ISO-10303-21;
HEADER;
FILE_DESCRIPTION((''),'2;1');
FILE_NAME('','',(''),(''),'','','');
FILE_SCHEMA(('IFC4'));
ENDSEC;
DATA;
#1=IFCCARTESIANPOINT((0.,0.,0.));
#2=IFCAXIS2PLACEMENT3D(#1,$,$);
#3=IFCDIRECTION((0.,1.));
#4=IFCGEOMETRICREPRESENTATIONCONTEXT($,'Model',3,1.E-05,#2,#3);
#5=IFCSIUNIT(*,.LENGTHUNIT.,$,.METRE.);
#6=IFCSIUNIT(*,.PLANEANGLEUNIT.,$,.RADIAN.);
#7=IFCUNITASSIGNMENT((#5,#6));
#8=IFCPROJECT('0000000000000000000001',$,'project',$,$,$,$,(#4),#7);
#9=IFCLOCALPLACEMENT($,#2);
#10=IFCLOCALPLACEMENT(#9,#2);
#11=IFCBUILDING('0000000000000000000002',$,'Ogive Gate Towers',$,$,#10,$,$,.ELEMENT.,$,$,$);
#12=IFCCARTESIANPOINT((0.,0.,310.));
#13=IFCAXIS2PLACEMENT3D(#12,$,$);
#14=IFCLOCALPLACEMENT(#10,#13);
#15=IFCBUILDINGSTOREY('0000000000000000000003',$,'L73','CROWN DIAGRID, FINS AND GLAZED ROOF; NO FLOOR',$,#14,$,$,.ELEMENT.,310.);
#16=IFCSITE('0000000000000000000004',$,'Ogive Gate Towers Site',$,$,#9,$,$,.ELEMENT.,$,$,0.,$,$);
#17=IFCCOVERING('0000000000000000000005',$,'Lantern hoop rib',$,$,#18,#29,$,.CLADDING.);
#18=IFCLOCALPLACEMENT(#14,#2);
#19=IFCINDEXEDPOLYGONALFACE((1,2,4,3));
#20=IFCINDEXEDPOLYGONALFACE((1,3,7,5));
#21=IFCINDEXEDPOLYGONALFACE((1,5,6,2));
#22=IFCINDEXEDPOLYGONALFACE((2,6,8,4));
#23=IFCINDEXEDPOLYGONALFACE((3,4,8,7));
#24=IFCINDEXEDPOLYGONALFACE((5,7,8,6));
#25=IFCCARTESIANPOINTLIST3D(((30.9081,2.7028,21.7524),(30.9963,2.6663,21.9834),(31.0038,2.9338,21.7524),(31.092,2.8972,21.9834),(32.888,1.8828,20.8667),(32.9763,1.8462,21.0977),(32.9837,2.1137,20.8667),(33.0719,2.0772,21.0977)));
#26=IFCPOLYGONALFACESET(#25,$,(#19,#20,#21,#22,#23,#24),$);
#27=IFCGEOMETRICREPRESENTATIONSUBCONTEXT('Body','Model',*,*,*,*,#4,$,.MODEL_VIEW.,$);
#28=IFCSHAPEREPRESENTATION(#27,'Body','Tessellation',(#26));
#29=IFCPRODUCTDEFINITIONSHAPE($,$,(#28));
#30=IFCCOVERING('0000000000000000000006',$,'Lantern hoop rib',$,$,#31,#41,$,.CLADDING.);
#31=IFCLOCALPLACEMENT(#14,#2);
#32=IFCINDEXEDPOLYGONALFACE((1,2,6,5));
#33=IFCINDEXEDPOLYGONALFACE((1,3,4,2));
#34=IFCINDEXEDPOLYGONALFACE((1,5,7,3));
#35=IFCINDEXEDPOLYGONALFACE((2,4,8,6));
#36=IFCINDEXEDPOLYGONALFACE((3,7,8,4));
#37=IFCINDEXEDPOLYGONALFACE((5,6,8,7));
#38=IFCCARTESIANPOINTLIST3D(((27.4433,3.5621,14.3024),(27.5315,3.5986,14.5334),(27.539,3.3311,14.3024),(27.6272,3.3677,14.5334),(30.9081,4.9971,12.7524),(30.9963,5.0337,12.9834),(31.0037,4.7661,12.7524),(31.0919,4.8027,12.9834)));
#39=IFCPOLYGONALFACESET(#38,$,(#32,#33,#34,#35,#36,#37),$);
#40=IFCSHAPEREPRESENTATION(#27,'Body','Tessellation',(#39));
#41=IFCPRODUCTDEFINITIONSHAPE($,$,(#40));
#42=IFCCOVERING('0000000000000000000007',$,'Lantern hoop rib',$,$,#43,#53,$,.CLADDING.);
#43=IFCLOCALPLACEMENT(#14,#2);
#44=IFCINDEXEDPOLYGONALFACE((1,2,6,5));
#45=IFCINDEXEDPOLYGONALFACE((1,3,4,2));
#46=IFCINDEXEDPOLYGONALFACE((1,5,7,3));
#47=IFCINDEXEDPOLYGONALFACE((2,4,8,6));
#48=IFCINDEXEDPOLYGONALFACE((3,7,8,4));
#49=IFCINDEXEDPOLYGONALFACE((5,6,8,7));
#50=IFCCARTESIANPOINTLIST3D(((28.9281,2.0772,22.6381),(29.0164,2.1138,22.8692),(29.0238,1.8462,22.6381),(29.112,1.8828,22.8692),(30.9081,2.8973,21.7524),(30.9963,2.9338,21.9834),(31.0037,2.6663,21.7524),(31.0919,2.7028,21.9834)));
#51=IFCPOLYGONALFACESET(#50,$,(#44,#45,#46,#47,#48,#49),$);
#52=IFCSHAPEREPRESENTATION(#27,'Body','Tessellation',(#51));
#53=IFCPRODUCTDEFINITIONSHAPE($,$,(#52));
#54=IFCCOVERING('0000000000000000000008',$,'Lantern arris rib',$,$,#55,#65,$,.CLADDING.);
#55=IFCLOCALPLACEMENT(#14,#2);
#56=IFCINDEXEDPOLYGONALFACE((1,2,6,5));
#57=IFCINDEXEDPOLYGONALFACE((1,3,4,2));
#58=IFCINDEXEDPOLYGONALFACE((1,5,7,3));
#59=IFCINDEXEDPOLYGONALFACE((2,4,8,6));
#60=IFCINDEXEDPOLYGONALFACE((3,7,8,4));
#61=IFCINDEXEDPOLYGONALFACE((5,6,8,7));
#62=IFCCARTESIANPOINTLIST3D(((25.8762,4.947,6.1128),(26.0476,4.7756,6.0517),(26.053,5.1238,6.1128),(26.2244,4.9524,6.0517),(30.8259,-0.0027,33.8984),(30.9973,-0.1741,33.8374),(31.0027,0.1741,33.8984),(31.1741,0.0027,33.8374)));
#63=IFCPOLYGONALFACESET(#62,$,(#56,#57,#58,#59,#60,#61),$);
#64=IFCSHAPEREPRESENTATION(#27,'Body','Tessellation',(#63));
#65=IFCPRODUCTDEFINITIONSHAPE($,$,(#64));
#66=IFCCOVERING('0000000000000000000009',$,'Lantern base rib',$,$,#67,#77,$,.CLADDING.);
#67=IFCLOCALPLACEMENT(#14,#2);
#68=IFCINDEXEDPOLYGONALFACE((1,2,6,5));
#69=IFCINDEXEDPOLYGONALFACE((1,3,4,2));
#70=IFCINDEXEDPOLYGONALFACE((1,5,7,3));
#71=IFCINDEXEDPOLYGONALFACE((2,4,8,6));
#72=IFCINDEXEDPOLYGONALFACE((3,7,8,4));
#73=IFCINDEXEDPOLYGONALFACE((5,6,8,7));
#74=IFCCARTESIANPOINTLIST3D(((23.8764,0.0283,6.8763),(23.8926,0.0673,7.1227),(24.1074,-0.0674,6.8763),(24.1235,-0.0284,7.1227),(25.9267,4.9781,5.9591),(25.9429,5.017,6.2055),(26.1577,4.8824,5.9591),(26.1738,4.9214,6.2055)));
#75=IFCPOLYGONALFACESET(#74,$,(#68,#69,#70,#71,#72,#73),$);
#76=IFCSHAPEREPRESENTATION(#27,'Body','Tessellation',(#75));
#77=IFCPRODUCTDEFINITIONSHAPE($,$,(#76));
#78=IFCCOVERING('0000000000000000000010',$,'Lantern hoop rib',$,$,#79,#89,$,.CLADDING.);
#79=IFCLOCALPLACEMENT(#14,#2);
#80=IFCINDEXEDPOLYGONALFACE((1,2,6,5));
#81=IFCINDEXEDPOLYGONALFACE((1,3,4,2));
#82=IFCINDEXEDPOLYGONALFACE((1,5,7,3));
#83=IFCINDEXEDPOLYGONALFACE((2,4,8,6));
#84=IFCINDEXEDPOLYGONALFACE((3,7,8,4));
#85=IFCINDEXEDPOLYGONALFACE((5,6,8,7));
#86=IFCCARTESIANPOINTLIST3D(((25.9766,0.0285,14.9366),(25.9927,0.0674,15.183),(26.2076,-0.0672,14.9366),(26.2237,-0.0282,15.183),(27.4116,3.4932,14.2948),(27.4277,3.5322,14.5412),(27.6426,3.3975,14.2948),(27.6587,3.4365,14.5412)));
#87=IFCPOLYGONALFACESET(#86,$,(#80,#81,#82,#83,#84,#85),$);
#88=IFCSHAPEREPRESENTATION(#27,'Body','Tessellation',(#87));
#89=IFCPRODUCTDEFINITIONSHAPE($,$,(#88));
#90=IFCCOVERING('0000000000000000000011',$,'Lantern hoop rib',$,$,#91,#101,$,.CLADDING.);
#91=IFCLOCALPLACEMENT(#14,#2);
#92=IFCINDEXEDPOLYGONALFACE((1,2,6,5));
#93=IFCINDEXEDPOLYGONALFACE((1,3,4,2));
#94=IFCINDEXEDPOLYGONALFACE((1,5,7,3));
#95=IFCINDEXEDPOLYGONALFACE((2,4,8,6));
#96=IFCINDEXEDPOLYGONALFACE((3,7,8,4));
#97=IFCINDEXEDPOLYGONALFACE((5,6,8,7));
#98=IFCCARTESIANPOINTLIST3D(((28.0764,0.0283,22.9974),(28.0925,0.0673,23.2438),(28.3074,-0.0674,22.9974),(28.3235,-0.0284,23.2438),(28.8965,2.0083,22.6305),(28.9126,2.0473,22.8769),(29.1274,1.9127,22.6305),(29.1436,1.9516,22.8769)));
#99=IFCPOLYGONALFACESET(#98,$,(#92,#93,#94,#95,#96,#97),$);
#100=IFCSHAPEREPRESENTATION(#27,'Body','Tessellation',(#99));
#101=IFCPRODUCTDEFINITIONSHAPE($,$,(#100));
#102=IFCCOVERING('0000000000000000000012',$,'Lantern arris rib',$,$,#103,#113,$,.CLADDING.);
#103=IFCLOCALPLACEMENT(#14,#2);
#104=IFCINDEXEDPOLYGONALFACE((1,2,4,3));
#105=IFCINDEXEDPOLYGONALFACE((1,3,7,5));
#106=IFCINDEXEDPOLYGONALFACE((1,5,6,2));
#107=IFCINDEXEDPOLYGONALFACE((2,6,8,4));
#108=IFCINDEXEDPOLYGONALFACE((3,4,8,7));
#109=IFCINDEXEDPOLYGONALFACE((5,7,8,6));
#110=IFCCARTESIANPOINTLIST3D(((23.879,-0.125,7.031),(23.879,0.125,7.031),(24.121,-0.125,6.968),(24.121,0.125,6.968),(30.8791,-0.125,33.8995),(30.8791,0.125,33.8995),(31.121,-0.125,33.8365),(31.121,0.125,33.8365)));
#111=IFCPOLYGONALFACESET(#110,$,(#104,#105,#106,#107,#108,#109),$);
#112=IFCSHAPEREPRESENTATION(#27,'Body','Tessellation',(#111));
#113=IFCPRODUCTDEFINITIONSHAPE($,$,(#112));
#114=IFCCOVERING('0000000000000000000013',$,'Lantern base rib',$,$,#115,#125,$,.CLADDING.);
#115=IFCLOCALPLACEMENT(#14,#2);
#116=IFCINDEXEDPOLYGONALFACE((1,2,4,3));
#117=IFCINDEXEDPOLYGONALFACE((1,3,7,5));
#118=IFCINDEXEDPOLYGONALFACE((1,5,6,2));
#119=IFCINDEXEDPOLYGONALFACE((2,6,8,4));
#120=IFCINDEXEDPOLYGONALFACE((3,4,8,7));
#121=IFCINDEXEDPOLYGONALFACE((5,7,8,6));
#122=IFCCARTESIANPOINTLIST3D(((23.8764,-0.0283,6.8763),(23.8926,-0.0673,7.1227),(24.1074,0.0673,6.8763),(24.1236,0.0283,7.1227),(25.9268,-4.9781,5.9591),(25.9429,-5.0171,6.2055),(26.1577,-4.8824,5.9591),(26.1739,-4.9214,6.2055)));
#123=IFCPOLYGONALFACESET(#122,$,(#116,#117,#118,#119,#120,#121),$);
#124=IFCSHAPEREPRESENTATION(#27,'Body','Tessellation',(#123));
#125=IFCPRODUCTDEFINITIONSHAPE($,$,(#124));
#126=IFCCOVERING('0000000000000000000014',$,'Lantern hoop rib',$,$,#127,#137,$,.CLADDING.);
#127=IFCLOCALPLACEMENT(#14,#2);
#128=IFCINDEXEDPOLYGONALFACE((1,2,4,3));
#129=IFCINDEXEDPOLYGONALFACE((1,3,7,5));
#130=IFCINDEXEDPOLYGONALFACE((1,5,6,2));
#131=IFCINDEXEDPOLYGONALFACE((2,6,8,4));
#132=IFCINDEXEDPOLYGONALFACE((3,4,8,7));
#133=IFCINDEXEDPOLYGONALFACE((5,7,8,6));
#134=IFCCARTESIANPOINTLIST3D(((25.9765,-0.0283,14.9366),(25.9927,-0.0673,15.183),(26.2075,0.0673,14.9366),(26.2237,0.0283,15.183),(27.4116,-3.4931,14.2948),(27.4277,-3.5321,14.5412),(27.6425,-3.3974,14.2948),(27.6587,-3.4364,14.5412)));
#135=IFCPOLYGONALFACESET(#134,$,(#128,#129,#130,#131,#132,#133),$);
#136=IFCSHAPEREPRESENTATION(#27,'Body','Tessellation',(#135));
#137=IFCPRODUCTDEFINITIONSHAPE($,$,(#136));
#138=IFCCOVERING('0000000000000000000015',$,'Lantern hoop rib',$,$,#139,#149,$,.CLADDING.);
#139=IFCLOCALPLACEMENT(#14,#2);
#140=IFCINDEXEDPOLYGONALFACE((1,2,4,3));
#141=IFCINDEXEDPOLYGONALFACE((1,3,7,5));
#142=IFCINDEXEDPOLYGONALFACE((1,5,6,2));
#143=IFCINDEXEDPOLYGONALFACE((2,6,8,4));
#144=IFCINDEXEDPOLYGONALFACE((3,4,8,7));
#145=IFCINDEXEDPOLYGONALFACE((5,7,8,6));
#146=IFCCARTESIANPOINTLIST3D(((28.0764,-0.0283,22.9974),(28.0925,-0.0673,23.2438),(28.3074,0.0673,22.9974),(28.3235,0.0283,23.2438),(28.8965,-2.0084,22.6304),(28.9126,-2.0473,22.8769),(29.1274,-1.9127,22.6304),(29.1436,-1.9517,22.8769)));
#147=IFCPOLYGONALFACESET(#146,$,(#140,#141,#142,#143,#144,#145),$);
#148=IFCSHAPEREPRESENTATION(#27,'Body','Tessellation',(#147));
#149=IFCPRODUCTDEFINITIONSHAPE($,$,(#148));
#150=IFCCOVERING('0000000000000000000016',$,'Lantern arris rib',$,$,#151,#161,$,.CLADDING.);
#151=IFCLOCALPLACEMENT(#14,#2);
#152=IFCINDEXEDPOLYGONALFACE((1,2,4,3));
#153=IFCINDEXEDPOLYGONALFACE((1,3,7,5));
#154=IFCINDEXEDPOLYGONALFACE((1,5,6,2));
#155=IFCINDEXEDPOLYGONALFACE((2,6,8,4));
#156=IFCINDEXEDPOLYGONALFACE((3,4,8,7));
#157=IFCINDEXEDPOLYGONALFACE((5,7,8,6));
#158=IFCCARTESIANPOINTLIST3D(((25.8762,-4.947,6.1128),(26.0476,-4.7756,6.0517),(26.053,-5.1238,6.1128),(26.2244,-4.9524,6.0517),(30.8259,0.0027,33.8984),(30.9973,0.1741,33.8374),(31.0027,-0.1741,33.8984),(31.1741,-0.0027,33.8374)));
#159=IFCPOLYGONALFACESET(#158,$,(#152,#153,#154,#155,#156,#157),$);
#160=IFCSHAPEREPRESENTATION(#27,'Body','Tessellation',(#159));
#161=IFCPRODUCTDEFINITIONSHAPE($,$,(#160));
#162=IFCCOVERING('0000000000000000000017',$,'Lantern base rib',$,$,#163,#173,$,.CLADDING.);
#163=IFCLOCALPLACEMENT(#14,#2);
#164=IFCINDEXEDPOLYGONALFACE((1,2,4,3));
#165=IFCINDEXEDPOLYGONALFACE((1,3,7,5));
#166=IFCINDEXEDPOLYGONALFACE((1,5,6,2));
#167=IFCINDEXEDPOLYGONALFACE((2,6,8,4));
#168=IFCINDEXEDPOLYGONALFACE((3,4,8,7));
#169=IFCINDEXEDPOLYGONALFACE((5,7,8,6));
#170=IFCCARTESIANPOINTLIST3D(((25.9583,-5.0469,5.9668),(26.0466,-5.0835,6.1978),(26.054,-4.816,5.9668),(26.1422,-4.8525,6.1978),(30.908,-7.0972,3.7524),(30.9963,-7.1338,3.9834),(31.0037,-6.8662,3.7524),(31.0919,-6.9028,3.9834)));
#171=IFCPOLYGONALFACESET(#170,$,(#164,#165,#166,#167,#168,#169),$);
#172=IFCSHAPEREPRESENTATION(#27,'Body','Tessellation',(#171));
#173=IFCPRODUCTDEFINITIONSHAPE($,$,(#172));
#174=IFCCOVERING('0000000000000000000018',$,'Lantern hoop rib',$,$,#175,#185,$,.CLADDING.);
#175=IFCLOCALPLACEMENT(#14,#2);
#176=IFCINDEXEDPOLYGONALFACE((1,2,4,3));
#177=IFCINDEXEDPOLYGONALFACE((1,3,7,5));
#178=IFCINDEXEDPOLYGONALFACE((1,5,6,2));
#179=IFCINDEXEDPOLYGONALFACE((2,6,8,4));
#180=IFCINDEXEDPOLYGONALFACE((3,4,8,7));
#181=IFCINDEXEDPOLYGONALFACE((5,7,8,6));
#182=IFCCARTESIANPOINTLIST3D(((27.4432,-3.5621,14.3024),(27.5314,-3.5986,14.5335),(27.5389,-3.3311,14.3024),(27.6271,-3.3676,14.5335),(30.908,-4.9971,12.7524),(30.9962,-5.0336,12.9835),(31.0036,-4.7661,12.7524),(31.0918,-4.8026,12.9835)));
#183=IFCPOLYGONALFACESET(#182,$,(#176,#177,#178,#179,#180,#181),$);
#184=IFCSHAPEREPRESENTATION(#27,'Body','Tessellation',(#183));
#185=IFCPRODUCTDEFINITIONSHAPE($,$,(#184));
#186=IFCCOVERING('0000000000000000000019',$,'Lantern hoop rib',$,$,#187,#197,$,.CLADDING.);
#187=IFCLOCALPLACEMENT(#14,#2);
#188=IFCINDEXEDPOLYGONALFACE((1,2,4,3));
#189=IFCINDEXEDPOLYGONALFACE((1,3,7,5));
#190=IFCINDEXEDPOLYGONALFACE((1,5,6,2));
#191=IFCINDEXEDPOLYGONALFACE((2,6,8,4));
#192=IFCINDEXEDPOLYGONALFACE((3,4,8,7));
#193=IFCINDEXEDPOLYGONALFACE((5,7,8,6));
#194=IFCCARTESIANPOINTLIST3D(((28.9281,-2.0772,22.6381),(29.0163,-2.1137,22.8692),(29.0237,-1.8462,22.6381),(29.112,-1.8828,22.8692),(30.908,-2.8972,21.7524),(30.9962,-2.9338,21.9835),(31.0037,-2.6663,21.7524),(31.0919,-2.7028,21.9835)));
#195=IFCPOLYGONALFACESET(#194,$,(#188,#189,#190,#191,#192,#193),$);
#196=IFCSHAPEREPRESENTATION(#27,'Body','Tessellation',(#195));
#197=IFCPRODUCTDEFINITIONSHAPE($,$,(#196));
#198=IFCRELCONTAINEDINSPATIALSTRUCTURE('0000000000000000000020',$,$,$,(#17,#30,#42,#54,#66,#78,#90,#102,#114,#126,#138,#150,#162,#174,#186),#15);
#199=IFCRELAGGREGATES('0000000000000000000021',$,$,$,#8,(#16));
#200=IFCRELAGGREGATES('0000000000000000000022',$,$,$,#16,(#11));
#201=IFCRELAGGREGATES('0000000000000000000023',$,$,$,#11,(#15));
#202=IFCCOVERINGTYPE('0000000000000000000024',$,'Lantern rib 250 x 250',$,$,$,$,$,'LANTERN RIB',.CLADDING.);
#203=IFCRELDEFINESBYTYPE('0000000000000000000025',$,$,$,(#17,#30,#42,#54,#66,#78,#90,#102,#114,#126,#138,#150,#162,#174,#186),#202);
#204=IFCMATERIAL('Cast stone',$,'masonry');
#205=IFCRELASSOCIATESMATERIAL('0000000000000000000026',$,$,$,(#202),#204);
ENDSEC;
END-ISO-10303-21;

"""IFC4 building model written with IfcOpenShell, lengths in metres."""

from ifc_helpers import new_model, si_unit, direction, frame, origin, origin_2d, place, context, subcontext, project, spatial, rectangle, extrude, material, material_profile, profile_set, type_object, element, save


model = new_model("IFC4")

# Units and contexts
model_context = context("Model", 3, precision=1e-05, world=origin(), true_north=direction((0.0, 1.0)))
body_context = subcontext(model_context, "Body", "Model", "MODEL_VIEW")
ifc_project = project(units=[si_unit("LENGTHUNIT", "METRE"), si_unit("PLANEANGLEUNIT", "RADIAN")], contexts=[model_context])

# Site, building, storey
site_placement = place(None, origin())
site = spatial("IfcSite", under=ifc_project, at=site_placement, Name="Ogive Gate Towers Site", CompositionType="ELEMENT", RefElevation=0.0)
building_placement = place(site_placement, origin())
building = spatial("IfcBuilding", under=site, at=building_placement, Name="Ogive Gate Towers", CompositionType="ELEMENT")
storey_placement = place(building_placement, frame((0.0, 0.0, 310.0)))
storey = spatial("IfcBuildingStorey", under=building, at=storey_placement, Name="L73", Description="CROWN DIAGRID, FINS AND GLAZED ROOF; NO FLOOR", CompositionType="ELEMENT", Elevation=310.0)

# Coverings
ifc_material_1 = material(Name="Cast stone", Category="masonry")
ifc_material_profile_1 = material_profile(ifc_material_1, rectangle(XDim=0.25, YDim=0.25, at=origin_2d()), Name="250 x 250 cast stone")
ifc_profile_set_1 = profile_set([ifc_material_profile_1], Name="Cast stone")
covering_type = type_object("IfcCoveringType", Name="Lantern rib 250 x 250", ElementType="LANTERN RIB", PredefinedType="CLADDING", material=ifc_profile_set_1)
covering_1_placement = place(storey_placement, frame((32.98, 1.98, 20.9822), z_axis=(-0.853839, 0.353643, 0.381964), x_axis=(-0.382657, -0.92389, 0.0)))
element("IfcCovering", 1, at=covering_1_placement, inside=storey, type_object=covering_type, Name="Lantern hoop rib", PredefinedType="CLADDING", context=body_context, shape_type="SweptSolid", body=[
    extrude(rectangle(XDim=0.25, YDim=0.25, at=origin_2d()), origin(), (0.0, 0.0, 1.0), 2.3188),
])
covering_2_placement = place(storey_placement, frame((31.0, 4.8999, 12.8679), z_axis=(-0.853835, -0.353639, 0.381976), x_axis=(0.382655, -0.923891, 0.0)))
element("IfcCovering", 2, at=covering_2_placement, inside=storey, type_object=covering_type, Name="Lantern hoop rib", PredefinedType="CLADDING", context=body_context, shape_type="SweptSolid", body=[
    extrude(rectangle(XDim=0.25, YDim=0.25, at=origin_2d()), origin(), (0.0, 0.0, 1.0), 4.0579),
])
covering_3_placement = place(storey_placement, frame((31.0, 2.8, 21.8679), z_axis=(-0.853839, -0.353643, 0.381964), x_axis=(0.382657, -0.92389, 0.0)))
element("IfcCovering", 3, at=covering_3_placement, inside=storey, type_object=covering_type, Name="Lantern hoop rib", PredefinedType="CLADDING", context=body_context, shape_type="SweptSolid", body=[
    extrude(rectangle(XDim=0.25, YDim=0.25, at=origin_2d()), origin(), (0.0, 0.0, 1.0), 2.3188),
])
covering_4_placement = place(storey_placement, frame((26.0503, 4.9497, 6.0823), z_axis=(0.172742, -0.172742, 0.969701), x_axis=(0.707107, 0.707107, 0.0)))
element("IfcCovering", 4, at=covering_4_placement, inside=storey, type_object=covering_type, Name="Lantern arris rib", PredefinedType="CLADDING", context=body_context, shape_type="SweptSolid", body=[
    extrude(rectangle(XDim=0.25, YDim=0.25, at=origin_2d()), origin(), (0.0, 0.0, 1.0), 28.6538),
])
covering_5_placement = place(storey_placement, frame((26.0503, 4.9497, 6.0823), z_axis=(-0.377204, -0.910626, 0.168749), x_axis=(0.923876, -0.382693, 0.0)))
element("IfcCovering", 5, at=covering_5_placement, inside=storey, type_object=covering_type, Name="Lantern base rib", PredefinedType="CLADDING", context=body_context, shape_type="SweptSolid", body=[
    extrude(rectangle(XDim=0.25, YDim=0.25, at=origin_2d()), origin(), (0.0, 0.0, 1.0), 5.4355),
])
covering_6_placement = place(storey_placement, frame((27.5352, 3.4648, 14.418), z_axis=(-0.377171, -0.910651, 0.168694), x_axis=(0.923891, -0.382655, 0.0)))
element("IfcCovering", 6, at=covering_6_placement, inside=storey, type_object=covering_type, Name="Lantern hoop rib", PredefinedType="CLADDING", context=body_context, shape_type="SweptSolid", body=[
    extrude(rectangle(XDim=0.25, YDim=0.25, at=origin_2d()), origin(), (0.0, 0.0, 1.0), 3.8047),
])
covering_7_placement = place(storey_placement, frame((29.02, 1.98, 22.7537), z_axis=(-0.377168, -0.910638, 0.168766), x_axis=(0.92389, -0.382657, 0.0)))
element("IfcCovering", 7, at=covering_7_placement, inside=storey, type_object=covering_type, Name="Lantern hoop rib", PredefinedType="CLADDING", context=body_context, shape_type="SweptSolid", body=[
    extrude(rectangle(XDim=0.25, YDim=0.25, at=origin_2d()), origin(), (0.0, 0.0, 1.0), 2.1743),
])
covering_8_placement = place(storey_placement, frame((24.0, 0.0, 6.9995), z_axis=(0.252113, 0.0, 0.967698), x_axis=(0.0, 1.0, 0.0)))
element("IfcCovering", 8, at=covering_8_placement, inside=storey, type_object=covering_type, Name="Lantern arris rib", PredefinedType="CLADDING", context=body_context, shape_type="SweptSolid", body=[
    extrude(rectangle(XDim=0.25, YDim=0.25, at=origin_2d()), origin(), (0.0, 0.0, 1.0), 27.7654),
])
covering_9_placement = place(storey_placement, frame((24.0, 0.0, 6.9995), z_axis=(0.377204, -0.910626, -0.168749), x_axis=(0.923876, 0.382693, 0.0)))
element("IfcCovering", 9, at=covering_9_placement, inside=storey, type_object=covering_type, Name="Lantern base rib", PredefinedType="CLADDING", context=body_context, shape_type="SweptSolid", body=[
    extrude(rectangle(XDim=0.25, YDim=0.25, at=origin_2d()), origin(), (0.0, 0.0, 1.0), 5.4355),
])
covering_10_placement = place(storey_placement, frame((26.1001, 0.0, 15.0598), z_axis=(0.377171, -0.910651, -0.168694), x_axis=(0.923891, 0.382655, 0.0)))
element("IfcCovering", 10, at=covering_10_placement, inside=storey, type_object=covering_type, Name="Lantern hoop rib", PredefinedType="CLADDING", context=body_context, shape_type="SweptSolid", body=[
    extrude(rectangle(XDim=0.25, YDim=0.25, at=origin_2d()), origin(), (0.0, 0.0, 1.0), 3.8047),
])
covering_11_placement = place(storey_placement, frame((28.2, 0.0, 23.1206), z_axis=(0.377168, -0.910638, -0.168766), x_axis=(0.92389, 0.382657, 0.0)))
element("IfcCovering", 11, at=covering_11_placement, inside=storey, type_object=covering_type, Name="Lantern hoop rib", PredefinedType="CLADDING", context=body_context, shape_type="SweptSolid", body=[
    extrude(rectangle(XDim=0.25, YDim=0.25, at=origin_2d()), origin(), (0.0, 0.0, 1.0), 2.1743),
])
covering_12_placement = place(storey_placement, frame((26.0503, -4.9497, 6.0823), z_axis=(0.172742, 0.172742, 0.969701), x_axis=(-0.707107, 0.707107, 0.0)))
element("IfcCovering", 12, at=covering_12_placement, inside=storey, type_object=covering_type, Name="Lantern arris rib", PredefinedType="CLADDING", context=body_context, shape_type="SweptSolid", body=[
    extrude(rectangle(XDim=0.25, YDim=0.25, at=origin_2d()), origin(), (0.0, 0.0, 1.0), 28.6538),
])
covering_13_placement = place(storey_placement, frame((26.0503, -4.9497, 6.0823), z_axis=(0.853821, -0.353674, -0.381975), x_axis=(0.382693, 0.923876, 0.0)))
element("IfcCovering", 13, at=covering_13_placement, inside=storey, type_object=covering_type, Name="Lantern base rib", PredefinedType="CLADDING", context=body_context, shape_type="SweptSolid", body=[
    extrude(rectangle(XDim=0.25, YDim=0.25, at=origin_2d()), origin(), (0.0, 0.0, 1.0), 5.7971),
])
covering_14_placement = place(storey_placement, frame((27.5352, -3.4648, 14.418), z_axis=(0.853835, -0.353639, -0.381976), x_axis=(0.382655, 0.923891, 0.0)))
element("IfcCovering", 14, at=covering_14_placement, inside=storey, type_object=covering_type, Name="Lantern hoop rib", PredefinedType="CLADDING", context=body_context, shape_type="SweptSolid", body=[
    extrude(rectangle(XDim=0.25, YDim=0.25, at=origin_2d()), origin(), (0.0, 0.0, 1.0), 4.0579),
])
covering_15_placement = place(storey_placement, frame((29.02, -1.98, 22.7537), z_axis=(0.853839, -0.353643, -0.381964), x_axis=(0.382657, 0.92389, 0.0)))
element("IfcCovering", 15, at=covering_15_placement, inside=storey, type_object=covering_type, Name="Lantern hoop rib", PredefinedType="CLADDING", context=body_context, shape_type="SweptSolid", body=[
    extrude(rectangle(XDim=0.25, YDim=0.25, at=origin_2d()), origin(), (0.0, 0.0, 1.0), 2.3188),
])

save(model, "model.ifc")
